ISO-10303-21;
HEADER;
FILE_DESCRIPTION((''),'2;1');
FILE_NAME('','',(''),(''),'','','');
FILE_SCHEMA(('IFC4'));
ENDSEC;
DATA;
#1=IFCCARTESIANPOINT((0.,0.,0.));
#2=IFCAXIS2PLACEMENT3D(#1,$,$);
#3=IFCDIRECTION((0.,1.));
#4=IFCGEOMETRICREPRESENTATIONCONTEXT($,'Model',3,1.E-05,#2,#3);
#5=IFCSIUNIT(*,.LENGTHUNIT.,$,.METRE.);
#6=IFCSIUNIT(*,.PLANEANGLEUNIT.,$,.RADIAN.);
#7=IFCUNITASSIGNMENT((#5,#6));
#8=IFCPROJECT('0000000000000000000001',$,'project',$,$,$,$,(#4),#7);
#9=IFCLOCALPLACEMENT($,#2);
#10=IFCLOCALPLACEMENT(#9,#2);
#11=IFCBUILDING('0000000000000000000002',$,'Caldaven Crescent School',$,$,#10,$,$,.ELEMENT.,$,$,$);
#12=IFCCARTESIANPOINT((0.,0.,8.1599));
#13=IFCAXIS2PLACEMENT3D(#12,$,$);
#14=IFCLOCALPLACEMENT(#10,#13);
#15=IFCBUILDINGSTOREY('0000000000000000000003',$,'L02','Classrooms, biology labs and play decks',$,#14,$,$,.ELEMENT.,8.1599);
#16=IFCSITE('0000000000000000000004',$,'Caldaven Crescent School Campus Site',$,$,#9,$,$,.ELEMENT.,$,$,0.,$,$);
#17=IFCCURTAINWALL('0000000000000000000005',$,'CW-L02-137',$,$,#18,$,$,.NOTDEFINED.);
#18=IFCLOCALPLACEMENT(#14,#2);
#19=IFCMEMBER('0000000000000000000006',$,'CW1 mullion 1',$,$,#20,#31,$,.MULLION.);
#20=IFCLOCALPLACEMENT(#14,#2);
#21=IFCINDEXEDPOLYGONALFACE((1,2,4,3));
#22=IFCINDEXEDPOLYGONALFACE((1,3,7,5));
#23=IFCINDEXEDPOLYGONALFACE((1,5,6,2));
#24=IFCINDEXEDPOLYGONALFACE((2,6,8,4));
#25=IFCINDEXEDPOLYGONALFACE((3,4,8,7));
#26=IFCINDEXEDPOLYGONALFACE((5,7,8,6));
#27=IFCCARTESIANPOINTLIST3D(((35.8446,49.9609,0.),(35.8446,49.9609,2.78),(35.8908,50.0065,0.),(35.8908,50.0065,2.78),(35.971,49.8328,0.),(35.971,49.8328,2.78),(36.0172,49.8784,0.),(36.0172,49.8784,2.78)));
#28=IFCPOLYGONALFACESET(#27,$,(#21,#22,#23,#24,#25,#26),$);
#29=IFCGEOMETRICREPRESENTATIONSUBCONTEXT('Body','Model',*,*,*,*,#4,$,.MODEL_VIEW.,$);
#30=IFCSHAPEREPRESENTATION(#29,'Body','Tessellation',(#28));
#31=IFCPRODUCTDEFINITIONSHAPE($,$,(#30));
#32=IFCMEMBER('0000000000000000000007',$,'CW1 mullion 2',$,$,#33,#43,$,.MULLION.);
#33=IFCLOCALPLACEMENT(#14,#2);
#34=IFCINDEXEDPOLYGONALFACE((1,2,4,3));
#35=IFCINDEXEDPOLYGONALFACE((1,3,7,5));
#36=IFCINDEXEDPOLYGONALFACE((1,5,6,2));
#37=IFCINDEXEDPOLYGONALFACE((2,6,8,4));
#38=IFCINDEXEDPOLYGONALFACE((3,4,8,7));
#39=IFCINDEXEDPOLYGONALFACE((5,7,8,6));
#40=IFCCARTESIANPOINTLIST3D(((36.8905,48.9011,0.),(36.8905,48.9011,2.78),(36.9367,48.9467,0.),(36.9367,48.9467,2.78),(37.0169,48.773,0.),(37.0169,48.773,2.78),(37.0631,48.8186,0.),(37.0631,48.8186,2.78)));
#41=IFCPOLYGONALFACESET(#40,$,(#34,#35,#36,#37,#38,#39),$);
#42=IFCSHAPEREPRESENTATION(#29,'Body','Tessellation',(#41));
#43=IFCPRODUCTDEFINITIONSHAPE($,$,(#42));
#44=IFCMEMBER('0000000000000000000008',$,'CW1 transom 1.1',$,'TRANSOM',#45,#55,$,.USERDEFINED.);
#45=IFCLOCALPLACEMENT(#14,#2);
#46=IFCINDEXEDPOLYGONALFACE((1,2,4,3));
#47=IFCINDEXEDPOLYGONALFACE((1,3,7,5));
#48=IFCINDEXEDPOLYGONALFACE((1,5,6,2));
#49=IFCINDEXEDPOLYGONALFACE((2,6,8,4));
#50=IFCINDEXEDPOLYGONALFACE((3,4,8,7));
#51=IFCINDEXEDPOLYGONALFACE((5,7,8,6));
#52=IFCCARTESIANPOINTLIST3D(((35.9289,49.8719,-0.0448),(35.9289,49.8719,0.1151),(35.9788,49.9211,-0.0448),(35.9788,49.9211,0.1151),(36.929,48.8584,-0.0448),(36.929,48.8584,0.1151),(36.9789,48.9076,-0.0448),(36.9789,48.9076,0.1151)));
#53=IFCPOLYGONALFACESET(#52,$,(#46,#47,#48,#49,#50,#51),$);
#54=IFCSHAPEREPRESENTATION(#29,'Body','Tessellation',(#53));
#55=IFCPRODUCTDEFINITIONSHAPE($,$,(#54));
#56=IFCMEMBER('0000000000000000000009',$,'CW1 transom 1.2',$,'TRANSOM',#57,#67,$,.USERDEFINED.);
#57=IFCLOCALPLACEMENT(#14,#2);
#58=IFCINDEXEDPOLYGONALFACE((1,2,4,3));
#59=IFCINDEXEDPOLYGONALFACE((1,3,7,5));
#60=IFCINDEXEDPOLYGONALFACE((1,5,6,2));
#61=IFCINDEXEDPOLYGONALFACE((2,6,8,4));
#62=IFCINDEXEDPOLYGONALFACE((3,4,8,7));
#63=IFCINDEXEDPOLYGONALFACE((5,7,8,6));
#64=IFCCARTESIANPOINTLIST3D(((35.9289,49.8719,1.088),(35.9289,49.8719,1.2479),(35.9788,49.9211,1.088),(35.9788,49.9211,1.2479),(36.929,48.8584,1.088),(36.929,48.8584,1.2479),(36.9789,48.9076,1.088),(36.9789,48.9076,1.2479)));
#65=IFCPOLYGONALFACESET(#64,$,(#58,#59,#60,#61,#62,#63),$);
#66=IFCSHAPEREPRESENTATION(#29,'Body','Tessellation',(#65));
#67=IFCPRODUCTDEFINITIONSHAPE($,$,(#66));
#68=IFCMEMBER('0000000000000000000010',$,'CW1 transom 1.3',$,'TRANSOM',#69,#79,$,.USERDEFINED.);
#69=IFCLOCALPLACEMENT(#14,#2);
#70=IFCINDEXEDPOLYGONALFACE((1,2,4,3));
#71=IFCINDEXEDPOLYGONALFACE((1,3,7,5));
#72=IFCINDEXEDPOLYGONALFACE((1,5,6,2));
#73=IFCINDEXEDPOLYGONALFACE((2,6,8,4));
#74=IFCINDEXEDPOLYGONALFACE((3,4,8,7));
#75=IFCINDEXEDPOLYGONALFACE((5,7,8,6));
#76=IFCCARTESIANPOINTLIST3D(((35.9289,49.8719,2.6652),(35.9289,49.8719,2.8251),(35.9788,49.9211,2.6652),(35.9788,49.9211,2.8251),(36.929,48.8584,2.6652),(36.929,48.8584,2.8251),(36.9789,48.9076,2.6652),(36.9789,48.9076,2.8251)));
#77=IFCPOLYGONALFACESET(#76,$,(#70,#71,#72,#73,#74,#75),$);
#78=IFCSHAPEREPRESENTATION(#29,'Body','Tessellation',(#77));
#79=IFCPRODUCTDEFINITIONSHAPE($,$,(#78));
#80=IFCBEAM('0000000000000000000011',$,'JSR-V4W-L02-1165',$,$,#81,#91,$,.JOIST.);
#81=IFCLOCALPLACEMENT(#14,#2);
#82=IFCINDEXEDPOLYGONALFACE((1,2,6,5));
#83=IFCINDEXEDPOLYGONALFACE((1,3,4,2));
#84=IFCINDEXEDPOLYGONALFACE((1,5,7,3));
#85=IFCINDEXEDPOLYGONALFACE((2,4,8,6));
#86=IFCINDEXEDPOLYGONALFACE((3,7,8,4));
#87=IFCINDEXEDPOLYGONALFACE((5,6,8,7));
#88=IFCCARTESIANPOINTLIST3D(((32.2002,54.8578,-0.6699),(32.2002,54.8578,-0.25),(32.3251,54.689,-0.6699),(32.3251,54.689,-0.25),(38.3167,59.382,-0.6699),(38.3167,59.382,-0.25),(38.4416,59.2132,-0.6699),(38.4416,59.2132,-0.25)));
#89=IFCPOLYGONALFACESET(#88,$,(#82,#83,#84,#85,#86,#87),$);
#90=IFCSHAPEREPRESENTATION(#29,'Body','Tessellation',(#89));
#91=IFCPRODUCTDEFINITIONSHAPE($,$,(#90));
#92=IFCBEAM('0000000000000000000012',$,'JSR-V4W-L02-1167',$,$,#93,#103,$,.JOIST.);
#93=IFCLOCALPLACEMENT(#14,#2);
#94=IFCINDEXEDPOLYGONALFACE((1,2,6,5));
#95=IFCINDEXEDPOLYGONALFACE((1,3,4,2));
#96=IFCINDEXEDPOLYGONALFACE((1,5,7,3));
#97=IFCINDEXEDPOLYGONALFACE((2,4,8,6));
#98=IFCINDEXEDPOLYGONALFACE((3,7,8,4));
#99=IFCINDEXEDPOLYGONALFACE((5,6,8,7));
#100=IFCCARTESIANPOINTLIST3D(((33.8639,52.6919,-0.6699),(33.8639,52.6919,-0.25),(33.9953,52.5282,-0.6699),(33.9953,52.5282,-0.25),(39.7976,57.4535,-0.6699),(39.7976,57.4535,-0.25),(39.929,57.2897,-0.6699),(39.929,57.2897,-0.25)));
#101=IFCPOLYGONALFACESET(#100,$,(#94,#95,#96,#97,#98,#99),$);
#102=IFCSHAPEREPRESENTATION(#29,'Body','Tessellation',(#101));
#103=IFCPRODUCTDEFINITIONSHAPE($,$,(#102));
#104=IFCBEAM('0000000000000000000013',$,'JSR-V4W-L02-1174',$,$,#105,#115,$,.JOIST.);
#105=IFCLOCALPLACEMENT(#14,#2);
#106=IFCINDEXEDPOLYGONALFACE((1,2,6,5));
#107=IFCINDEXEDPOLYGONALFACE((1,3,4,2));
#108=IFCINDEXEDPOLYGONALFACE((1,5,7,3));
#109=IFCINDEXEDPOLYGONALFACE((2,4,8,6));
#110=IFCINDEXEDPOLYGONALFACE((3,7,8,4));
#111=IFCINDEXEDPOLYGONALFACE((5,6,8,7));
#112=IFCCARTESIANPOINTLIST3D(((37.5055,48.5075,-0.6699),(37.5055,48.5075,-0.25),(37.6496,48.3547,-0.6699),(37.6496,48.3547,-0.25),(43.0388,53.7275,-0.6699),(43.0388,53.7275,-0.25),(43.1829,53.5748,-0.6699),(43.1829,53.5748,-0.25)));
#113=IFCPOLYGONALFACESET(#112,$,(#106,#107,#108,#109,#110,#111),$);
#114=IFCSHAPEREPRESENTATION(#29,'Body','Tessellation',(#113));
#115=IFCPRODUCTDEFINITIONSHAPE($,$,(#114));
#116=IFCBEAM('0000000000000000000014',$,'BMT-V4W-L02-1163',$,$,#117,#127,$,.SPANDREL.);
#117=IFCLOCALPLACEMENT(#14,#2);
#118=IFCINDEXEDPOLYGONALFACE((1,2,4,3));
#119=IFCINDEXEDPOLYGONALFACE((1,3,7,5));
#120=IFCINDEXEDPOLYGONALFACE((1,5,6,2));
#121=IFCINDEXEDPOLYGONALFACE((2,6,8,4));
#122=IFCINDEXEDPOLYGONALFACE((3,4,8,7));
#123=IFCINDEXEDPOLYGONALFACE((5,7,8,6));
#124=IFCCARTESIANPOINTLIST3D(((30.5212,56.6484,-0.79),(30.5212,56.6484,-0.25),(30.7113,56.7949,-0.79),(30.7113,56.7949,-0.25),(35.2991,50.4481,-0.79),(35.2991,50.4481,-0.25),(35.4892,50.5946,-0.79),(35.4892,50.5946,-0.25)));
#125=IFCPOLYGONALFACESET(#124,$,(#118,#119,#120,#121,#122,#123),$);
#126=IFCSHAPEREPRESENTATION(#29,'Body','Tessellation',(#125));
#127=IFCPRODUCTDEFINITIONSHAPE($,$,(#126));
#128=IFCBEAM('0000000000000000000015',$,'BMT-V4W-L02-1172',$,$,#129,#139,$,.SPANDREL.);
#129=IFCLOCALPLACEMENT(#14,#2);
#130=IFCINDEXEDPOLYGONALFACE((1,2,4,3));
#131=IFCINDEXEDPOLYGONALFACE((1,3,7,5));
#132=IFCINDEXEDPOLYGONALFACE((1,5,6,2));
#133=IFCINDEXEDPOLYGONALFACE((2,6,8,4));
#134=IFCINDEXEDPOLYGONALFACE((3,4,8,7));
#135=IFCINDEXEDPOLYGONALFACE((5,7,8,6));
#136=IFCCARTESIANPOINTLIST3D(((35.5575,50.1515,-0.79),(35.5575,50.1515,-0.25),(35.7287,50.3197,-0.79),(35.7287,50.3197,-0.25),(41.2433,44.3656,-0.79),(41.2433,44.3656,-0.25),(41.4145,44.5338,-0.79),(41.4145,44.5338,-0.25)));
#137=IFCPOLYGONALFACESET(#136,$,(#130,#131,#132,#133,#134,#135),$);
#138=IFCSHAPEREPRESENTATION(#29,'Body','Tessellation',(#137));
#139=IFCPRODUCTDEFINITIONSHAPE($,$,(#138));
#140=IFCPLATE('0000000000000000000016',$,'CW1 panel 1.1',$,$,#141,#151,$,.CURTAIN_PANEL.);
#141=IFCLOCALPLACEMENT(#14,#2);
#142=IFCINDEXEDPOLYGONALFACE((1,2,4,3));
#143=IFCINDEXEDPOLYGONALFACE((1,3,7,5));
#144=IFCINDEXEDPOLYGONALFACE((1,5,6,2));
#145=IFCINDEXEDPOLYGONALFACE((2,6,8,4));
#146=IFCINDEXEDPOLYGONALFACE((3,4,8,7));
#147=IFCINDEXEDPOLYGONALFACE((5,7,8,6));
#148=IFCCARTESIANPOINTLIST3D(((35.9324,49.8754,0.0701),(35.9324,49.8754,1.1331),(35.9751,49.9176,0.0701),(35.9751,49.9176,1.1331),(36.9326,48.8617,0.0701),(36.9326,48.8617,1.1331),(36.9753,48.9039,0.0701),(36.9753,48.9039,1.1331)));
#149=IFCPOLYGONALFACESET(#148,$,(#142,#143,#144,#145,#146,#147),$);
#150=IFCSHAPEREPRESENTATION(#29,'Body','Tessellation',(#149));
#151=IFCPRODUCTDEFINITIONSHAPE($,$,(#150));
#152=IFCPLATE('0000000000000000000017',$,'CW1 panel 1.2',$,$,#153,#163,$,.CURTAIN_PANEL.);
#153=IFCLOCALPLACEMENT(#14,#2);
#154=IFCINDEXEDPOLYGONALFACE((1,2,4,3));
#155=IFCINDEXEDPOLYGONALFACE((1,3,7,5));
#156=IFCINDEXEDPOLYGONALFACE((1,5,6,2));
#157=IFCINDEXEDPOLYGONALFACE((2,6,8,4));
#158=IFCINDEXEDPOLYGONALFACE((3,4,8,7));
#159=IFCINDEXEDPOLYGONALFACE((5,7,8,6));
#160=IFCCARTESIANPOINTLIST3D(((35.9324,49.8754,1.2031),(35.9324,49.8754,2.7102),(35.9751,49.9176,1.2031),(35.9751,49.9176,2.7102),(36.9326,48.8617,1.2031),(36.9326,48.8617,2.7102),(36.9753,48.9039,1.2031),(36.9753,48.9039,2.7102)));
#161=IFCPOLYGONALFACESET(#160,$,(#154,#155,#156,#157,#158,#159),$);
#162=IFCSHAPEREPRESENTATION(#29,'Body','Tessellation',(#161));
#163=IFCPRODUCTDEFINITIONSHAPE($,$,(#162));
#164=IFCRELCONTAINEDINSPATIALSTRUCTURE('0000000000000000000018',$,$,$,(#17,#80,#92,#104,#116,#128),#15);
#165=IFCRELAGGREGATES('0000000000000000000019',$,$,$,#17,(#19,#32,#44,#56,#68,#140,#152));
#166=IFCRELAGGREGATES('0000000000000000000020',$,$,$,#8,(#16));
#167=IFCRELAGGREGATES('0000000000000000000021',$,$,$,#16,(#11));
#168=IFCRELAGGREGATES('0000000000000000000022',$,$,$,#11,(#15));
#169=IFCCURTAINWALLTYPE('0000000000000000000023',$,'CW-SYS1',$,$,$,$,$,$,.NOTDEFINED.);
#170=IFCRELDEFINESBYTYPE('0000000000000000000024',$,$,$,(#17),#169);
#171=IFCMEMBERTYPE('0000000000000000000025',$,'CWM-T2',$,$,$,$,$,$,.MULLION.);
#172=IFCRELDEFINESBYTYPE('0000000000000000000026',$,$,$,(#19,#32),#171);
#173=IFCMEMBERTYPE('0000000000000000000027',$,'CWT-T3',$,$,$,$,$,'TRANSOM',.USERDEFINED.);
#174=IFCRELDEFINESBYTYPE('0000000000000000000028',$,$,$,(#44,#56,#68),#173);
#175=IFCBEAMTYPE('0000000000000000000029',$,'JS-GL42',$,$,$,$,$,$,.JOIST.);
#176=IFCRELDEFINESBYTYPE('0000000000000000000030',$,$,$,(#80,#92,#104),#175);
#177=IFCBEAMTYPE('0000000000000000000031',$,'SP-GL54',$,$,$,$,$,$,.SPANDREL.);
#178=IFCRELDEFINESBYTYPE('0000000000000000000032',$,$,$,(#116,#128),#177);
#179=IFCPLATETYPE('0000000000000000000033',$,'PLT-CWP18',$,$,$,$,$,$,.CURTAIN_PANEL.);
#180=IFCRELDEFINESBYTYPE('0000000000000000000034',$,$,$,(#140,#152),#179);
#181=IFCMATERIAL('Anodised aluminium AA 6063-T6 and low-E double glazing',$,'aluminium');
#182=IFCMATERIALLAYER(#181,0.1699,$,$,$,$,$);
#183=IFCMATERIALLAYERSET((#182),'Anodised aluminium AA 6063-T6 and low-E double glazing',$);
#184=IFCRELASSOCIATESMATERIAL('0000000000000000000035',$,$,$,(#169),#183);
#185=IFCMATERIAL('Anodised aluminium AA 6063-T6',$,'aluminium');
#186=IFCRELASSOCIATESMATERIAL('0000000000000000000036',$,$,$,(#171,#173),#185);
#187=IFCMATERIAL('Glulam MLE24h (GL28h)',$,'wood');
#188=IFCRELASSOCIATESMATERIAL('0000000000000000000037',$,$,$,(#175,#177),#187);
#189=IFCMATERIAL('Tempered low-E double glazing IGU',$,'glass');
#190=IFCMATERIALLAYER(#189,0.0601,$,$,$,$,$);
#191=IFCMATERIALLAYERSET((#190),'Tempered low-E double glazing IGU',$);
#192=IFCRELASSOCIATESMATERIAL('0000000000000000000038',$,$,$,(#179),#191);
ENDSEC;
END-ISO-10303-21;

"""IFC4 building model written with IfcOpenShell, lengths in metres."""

from ifc_helpers import new_model, si_unit, direction, frame, origin, origin_2d, place, context, subcontext, project, spatial, rectangle, extrude, material, layer, layer_set, material_profile, profile_set, type_object, element, aggregate, save


model = new_model("IFC4")

# Units and contexts
model_context = context("Model", 3, precision=1e-05, world=origin(), true_north=direction((0.0, 1.0)))
body_context = subcontext(model_context, "Body", "Model", "MODEL_VIEW")
ifc_project = project(units=[si_unit("LENGTHUNIT", "METRE"), si_unit("PLANEANGLEUNIT", "RADIAN")], contexts=[model_context])

# Site, building, storey
site_placement = place(None, origin())
site = spatial("IfcSite", under=ifc_project, at=site_placement, Name="Caldaven Crescent School Campus Site", CompositionType="ELEMENT", RefElevation=0.0)
building_placement = place(site_placement, origin())
building = spatial("IfcBuilding", under=site, at=building_placement, Name="Caldaven Crescent School", CompositionType="ELEMENT")
storey_placement = place(building_placement, frame((0.0, 0.0, 8.1599)))
storey = spatial("IfcBuildingStorey", under=building, at=storey_placement, Name="L02", Description="Classrooms, biology labs and play decks", CompositionType="ELEMENT", Elevation=8.1599)

# Shared definitions
ifc_material_1 = material(Name="Glulam MLE24h (GL28h)", Category="wood")

# Curtain wall, members
ifc_material_2 = material(Name="Anodised aluminium AA 6063-T6 and low-E double glazing", Category="aluminium")
ifc_layer_1 = layer(ifc_material_2, 0.1699)
ifc_layer_set_1 = layer_set([ifc_layer_1], Name="Anodised aluminium AA 6063-T6 and low-E double glazing")
curtain_wall_type = type_object("IfcCurtainWallType", Name="CW-SYS1", PredefinedType="NOTDEFINED", material=ifc_layer_set_1)
curtain_wall_placement = place(storey_placement, origin())
curtain_wall = element("IfcCurtainWall", 1, at=curtain_wall_placement, inside=storey, type_object=curtain_wall_type, Name="CW-L02-137", PredefinedType="NOTDEFINED")
ifc_material_3 = material(Name="Anodised aluminium AA 6063-T6", Category="aluminium")
ifc_material_profile_1 = material_profile(ifc_material_3, rectangle(XDim=0.0649, YDim=0.1799, at=origin_2d()), Name="CWM 65x180")
ifc_profile_set_1 = profile_set([ifc_material_profile_1], Name="Anodised aluminium AA 6063-T6")
member_type_1 = type_object("IfcMemberType", Name="CWM-T2", PredefinedType="MULLION", material=ifc_profile_set_1)
member_1_placement = place(storey_placement, frame((35.9309, 49.9197, 0.0), z_axis=(0.0, 0.0, 1.0), x_axis=(0.711812, 0.70237, 0.0)))
member_1 = element("IfcMember", 2, at=member_1_placement, type_object=member_type_1, Name="CW1 mullion 1", PredefinedType="MULLION", context=body_context, shape_type="SweptSolid", body=[
    extrude(rectangle(XDim=0.0649, YDim=0.1799, at=origin_2d()), origin(), (0.0, 0.0, 1.0), 2.78),
])
member_2_placement = place(storey_placement, frame((36.9768, 48.8599, 0.0), z_axis=(0.0, 0.0, 1.0), x_axis=(0.711812, 0.70237, 0.0)))
member_2 = element("IfcMember", 3, at=member_2_placement, type_object=member_type_1, Name="CW1 mullion 2", PredefinedType="MULLION", context=body_context, shape_type="SweptSolid", body=[
    extrude(rectangle(XDim=0.0649, YDim=0.1799, at=origin_2d()), origin(), (0.0, 0.0, 1.0), 2.78),
])
ifc_material_profile_2 = material_profile(ifc_material_3, rectangle(XDim=0.0701, YDim=0.1599, at=origin_2d()), Name="CWT 70x160")
ifc_profile_set_2 = profile_set([ifc_material_profile_2], Name="Anodised aluminium AA 6063-T6")
member_type_2 = type_object("IfcMemberType", Name="CWT-T3", ElementType="TRANSOM", PredefinedType="USERDEFINED", material=ifc_profile_set_2)
member_3_placement = place(storey_placement, frame((35.9539, 49.8965, 0.0352), z_axis=(0.702375, -0.711807, 0.0), x_axis=(0.711807, 0.702375, 0.0)))
member_3 = element("IfcMember", 4, at=member_3_placement, type_object=member_type_2, Name="CW1 transom 1.1", ObjectType="TRANSOM", PredefinedType="USERDEFINED", context=body_context, shape_type="SweptSolid", body=[
    extrude(rectangle(XDim=0.0701, YDim=0.1599, at=origin_2d()), origin(), (0.0, 0.0, 1.0), 1.4238),
])
member_4_placement = place(storey_placement, frame((35.9539, 49.8965, 1.168), z_axis=(0.702375, -0.711807, 0.0), x_axis=(0.711807, 0.702375, 0.0)))
member_4 = element("IfcMember", 5, at=member_4_placement, type_object=member_type_2, Name="CW1 transom 1.2", ObjectType="TRANSOM", PredefinedType="USERDEFINED", context=body_context, shape_type="SweptSolid", body=[
    extrude(rectangle(XDim=0.0701, YDim=0.1599, at=origin_2d()), origin(), (0.0, 0.0, 1.0), 1.4238),
])
member_5_placement = place(storey_placement, frame((35.9539, 49.8965, 2.7451), z_axis=(0.702375, -0.711807, 0.0), x_axis=(0.711807, 0.702375, 0.0)))
member_5 = element("IfcMember", 6, at=member_5_placement, type_object=member_type_2, Name="CW1 transom 1.3", ObjectType="TRANSOM", PredefinedType="USERDEFINED", context=body_context, shape_type="SweptSolid", body=[
    extrude(rectangle(XDim=0.0701, YDim=0.1599, at=origin_2d()), origin(), (0.0, 0.0, 1.0), 1.4238),
])

# Beams
ifc_material_profile_3 = material_profile(ifc_material_1, rectangle(XDim=0.21, YDim=0.4199, at=origin_2d()), Name="MLE 210x420")
ifc_profile_set_3 = profile_set([ifc_material_profile_3], Name="Glulam MLE24h (GL28h)")
beam_type_1 = type_object("IfcBeamType", Name="JS-GL42", PredefinedType="JOIST", material=ifc_profile_set_3)
for number, where, z_axis, x_axis, name in (
    (7, (38.3792, 59.2976, -0.46), (-0.803968, -0.594673, 0.0), (0.594673, -0.803968, 0.0), "JSR-V4W-L02-1165"),
    (8, (39.8633, 57.3716, -0.46), (-0.779932, -0.625864, 0.0), (0.625864, -0.779932, 0.0), "JSR-V4W-L02-1167"),
):
    element("IfcBeam", number, at=place(storey_placement, frame(where, z_axis=z_axis, x_axis=x_axis)), inside=storey, type_object=beam_type_1, Name=name, PredefinedType="JOIST", context=body_context, shape_type="SweptSolid", body=[
        extrude(rectangle(XDim=0.21, YDim=0.4199, at=origin_2d()), origin(), (0.0, 0.0, 1.0), 7.6079),
    ])
beam_1_placement = place(storey_placement, frame((43.1108, 53.6511, -0.46), z_axis=(-0.727396, -0.686218, 0.0), x_axis=(0.686218, -0.727396, 0.0)))
element("IfcBeam", 9, at=beam_1_placement, inside=storey, type_object=beam_type_1, Name="JSR-V4W-L02-1174", PredefinedType="JOIST", context=body_context, shape_type="SweptSolid", body=[
    extrude(rectangle(XDim=0.21, YDim=0.4199, at=origin_2d()), origin(), (0.0, 0.0, 1.0), 7.6069),
])
ifc_material_profile_4 = material_profile(ifc_material_1, rectangle(XDim=0.24, YDim=0.54, at=origin_2d()), Name="MLE 240x540")
ifc_profile_set_4 = profile_set([ifc_material_profile_4], Name="Glulam MLE24h (GL28h)")
beam_type_2 = type_object("IfcBeamType", Name="SP-GL54", PredefinedType="SPANDREL", material=ifc_profile_set_4)
beam_2_placement = place(storey_placement, frame((30.6162, 56.7217, -0.52), z_axis=(0.610389, -0.792102, 0.0), x_axis=(0.792102, 0.610389, 0.0)))
element("IfcBeam", 10, at=beam_2_placement, inside=storey, type_object=beam_type_2, Name="BMT-V4W-L02-1163", PredefinedType="SPANDREL", context=body_context, shape_type="SweptSolid", body=[
    extrude(rectangle(XDim=0.24, YDim=0.54, at=origin_2d()), origin(), (0.0, 0.0, 1.0), 7.8276),
])
beam_3_placement = place(storey_placement, frame((35.6431, 50.2356, -0.52), z_axis=(0.70091, -0.71325, 0.0), x_axis=(0.71325, 0.70091, 0.0)))
element("IfcBeam", 11, at=beam_3_placement, inside=storey, type_object=beam_type_2, Name="BMT-V4W-L02-1172", PredefinedType="SPANDREL", context=body_context, shape_type="SweptSolid", body=[
    extrude(rectangle(XDim=0.24, YDim=0.54, at=origin_2d()), origin(), (0.0, 0.0, 1.0), 8.1121),
])

# Plates
ifc_material_4 = material(Name="Tempered low-E double glazing IGU", Category="glass")
ifc_layer_2 = layer(ifc_material_4, 0.0601)
ifc_layer_set_2 = layer_set([ifc_layer_2], Name="Tempered low-E double glazing IGU")
plate_type = type_object("IfcPlateType", Name="PLT-CWP18", PredefinedType="CURTAIN_PANEL", material=ifc_layer_set_2)
plate_1_placement = place(storey_placement, frame((36.4539, 49.3896, 0.0701), z_axis=(0.0, 0.0, 1.0), x_axis=(0.70237, -0.711812, 0.0)))
plate_1 = element("IfcPlate", 12, at=plate_1_placement, type_object=plate_type, Name="CW1 panel 1.1", PredefinedType="CURTAIN_PANEL", context=body_context, shape_type="SweptSolid", body=[
    extrude(rectangle(XDim=1.4241, YDim=0.0601, at=origin_2d()), origin(), (0.0, 0.0, 1.0), 1.063),
])
plate_2_placement = place(storey_placement, frame((36.4539, 49.3896, 1.2031), z_axis=(0.0, 0.0, 1.0), x_axis=(0.70237, -0.711812, 0.0)))
plate_2 = element("IfcPlate", 13, at=plate_2_placement, type_object=plate_type, Name="CW1 panel 1.2", PredefinedType="CURTAIN_PANEL", context=body_context, shape_type="SweptSolid", body=[
    extrude(rectangle(XDim=1.4241, YDim=0.0601, at=origin_2d()), origin(), (0.0, 0.0, 1.0), 1.5071),
])
aggregate(curtain_wall, [member_1, member_2, member_3, member_4, member_5, plate_1, plate_2])

save(model, "model.ifc")
